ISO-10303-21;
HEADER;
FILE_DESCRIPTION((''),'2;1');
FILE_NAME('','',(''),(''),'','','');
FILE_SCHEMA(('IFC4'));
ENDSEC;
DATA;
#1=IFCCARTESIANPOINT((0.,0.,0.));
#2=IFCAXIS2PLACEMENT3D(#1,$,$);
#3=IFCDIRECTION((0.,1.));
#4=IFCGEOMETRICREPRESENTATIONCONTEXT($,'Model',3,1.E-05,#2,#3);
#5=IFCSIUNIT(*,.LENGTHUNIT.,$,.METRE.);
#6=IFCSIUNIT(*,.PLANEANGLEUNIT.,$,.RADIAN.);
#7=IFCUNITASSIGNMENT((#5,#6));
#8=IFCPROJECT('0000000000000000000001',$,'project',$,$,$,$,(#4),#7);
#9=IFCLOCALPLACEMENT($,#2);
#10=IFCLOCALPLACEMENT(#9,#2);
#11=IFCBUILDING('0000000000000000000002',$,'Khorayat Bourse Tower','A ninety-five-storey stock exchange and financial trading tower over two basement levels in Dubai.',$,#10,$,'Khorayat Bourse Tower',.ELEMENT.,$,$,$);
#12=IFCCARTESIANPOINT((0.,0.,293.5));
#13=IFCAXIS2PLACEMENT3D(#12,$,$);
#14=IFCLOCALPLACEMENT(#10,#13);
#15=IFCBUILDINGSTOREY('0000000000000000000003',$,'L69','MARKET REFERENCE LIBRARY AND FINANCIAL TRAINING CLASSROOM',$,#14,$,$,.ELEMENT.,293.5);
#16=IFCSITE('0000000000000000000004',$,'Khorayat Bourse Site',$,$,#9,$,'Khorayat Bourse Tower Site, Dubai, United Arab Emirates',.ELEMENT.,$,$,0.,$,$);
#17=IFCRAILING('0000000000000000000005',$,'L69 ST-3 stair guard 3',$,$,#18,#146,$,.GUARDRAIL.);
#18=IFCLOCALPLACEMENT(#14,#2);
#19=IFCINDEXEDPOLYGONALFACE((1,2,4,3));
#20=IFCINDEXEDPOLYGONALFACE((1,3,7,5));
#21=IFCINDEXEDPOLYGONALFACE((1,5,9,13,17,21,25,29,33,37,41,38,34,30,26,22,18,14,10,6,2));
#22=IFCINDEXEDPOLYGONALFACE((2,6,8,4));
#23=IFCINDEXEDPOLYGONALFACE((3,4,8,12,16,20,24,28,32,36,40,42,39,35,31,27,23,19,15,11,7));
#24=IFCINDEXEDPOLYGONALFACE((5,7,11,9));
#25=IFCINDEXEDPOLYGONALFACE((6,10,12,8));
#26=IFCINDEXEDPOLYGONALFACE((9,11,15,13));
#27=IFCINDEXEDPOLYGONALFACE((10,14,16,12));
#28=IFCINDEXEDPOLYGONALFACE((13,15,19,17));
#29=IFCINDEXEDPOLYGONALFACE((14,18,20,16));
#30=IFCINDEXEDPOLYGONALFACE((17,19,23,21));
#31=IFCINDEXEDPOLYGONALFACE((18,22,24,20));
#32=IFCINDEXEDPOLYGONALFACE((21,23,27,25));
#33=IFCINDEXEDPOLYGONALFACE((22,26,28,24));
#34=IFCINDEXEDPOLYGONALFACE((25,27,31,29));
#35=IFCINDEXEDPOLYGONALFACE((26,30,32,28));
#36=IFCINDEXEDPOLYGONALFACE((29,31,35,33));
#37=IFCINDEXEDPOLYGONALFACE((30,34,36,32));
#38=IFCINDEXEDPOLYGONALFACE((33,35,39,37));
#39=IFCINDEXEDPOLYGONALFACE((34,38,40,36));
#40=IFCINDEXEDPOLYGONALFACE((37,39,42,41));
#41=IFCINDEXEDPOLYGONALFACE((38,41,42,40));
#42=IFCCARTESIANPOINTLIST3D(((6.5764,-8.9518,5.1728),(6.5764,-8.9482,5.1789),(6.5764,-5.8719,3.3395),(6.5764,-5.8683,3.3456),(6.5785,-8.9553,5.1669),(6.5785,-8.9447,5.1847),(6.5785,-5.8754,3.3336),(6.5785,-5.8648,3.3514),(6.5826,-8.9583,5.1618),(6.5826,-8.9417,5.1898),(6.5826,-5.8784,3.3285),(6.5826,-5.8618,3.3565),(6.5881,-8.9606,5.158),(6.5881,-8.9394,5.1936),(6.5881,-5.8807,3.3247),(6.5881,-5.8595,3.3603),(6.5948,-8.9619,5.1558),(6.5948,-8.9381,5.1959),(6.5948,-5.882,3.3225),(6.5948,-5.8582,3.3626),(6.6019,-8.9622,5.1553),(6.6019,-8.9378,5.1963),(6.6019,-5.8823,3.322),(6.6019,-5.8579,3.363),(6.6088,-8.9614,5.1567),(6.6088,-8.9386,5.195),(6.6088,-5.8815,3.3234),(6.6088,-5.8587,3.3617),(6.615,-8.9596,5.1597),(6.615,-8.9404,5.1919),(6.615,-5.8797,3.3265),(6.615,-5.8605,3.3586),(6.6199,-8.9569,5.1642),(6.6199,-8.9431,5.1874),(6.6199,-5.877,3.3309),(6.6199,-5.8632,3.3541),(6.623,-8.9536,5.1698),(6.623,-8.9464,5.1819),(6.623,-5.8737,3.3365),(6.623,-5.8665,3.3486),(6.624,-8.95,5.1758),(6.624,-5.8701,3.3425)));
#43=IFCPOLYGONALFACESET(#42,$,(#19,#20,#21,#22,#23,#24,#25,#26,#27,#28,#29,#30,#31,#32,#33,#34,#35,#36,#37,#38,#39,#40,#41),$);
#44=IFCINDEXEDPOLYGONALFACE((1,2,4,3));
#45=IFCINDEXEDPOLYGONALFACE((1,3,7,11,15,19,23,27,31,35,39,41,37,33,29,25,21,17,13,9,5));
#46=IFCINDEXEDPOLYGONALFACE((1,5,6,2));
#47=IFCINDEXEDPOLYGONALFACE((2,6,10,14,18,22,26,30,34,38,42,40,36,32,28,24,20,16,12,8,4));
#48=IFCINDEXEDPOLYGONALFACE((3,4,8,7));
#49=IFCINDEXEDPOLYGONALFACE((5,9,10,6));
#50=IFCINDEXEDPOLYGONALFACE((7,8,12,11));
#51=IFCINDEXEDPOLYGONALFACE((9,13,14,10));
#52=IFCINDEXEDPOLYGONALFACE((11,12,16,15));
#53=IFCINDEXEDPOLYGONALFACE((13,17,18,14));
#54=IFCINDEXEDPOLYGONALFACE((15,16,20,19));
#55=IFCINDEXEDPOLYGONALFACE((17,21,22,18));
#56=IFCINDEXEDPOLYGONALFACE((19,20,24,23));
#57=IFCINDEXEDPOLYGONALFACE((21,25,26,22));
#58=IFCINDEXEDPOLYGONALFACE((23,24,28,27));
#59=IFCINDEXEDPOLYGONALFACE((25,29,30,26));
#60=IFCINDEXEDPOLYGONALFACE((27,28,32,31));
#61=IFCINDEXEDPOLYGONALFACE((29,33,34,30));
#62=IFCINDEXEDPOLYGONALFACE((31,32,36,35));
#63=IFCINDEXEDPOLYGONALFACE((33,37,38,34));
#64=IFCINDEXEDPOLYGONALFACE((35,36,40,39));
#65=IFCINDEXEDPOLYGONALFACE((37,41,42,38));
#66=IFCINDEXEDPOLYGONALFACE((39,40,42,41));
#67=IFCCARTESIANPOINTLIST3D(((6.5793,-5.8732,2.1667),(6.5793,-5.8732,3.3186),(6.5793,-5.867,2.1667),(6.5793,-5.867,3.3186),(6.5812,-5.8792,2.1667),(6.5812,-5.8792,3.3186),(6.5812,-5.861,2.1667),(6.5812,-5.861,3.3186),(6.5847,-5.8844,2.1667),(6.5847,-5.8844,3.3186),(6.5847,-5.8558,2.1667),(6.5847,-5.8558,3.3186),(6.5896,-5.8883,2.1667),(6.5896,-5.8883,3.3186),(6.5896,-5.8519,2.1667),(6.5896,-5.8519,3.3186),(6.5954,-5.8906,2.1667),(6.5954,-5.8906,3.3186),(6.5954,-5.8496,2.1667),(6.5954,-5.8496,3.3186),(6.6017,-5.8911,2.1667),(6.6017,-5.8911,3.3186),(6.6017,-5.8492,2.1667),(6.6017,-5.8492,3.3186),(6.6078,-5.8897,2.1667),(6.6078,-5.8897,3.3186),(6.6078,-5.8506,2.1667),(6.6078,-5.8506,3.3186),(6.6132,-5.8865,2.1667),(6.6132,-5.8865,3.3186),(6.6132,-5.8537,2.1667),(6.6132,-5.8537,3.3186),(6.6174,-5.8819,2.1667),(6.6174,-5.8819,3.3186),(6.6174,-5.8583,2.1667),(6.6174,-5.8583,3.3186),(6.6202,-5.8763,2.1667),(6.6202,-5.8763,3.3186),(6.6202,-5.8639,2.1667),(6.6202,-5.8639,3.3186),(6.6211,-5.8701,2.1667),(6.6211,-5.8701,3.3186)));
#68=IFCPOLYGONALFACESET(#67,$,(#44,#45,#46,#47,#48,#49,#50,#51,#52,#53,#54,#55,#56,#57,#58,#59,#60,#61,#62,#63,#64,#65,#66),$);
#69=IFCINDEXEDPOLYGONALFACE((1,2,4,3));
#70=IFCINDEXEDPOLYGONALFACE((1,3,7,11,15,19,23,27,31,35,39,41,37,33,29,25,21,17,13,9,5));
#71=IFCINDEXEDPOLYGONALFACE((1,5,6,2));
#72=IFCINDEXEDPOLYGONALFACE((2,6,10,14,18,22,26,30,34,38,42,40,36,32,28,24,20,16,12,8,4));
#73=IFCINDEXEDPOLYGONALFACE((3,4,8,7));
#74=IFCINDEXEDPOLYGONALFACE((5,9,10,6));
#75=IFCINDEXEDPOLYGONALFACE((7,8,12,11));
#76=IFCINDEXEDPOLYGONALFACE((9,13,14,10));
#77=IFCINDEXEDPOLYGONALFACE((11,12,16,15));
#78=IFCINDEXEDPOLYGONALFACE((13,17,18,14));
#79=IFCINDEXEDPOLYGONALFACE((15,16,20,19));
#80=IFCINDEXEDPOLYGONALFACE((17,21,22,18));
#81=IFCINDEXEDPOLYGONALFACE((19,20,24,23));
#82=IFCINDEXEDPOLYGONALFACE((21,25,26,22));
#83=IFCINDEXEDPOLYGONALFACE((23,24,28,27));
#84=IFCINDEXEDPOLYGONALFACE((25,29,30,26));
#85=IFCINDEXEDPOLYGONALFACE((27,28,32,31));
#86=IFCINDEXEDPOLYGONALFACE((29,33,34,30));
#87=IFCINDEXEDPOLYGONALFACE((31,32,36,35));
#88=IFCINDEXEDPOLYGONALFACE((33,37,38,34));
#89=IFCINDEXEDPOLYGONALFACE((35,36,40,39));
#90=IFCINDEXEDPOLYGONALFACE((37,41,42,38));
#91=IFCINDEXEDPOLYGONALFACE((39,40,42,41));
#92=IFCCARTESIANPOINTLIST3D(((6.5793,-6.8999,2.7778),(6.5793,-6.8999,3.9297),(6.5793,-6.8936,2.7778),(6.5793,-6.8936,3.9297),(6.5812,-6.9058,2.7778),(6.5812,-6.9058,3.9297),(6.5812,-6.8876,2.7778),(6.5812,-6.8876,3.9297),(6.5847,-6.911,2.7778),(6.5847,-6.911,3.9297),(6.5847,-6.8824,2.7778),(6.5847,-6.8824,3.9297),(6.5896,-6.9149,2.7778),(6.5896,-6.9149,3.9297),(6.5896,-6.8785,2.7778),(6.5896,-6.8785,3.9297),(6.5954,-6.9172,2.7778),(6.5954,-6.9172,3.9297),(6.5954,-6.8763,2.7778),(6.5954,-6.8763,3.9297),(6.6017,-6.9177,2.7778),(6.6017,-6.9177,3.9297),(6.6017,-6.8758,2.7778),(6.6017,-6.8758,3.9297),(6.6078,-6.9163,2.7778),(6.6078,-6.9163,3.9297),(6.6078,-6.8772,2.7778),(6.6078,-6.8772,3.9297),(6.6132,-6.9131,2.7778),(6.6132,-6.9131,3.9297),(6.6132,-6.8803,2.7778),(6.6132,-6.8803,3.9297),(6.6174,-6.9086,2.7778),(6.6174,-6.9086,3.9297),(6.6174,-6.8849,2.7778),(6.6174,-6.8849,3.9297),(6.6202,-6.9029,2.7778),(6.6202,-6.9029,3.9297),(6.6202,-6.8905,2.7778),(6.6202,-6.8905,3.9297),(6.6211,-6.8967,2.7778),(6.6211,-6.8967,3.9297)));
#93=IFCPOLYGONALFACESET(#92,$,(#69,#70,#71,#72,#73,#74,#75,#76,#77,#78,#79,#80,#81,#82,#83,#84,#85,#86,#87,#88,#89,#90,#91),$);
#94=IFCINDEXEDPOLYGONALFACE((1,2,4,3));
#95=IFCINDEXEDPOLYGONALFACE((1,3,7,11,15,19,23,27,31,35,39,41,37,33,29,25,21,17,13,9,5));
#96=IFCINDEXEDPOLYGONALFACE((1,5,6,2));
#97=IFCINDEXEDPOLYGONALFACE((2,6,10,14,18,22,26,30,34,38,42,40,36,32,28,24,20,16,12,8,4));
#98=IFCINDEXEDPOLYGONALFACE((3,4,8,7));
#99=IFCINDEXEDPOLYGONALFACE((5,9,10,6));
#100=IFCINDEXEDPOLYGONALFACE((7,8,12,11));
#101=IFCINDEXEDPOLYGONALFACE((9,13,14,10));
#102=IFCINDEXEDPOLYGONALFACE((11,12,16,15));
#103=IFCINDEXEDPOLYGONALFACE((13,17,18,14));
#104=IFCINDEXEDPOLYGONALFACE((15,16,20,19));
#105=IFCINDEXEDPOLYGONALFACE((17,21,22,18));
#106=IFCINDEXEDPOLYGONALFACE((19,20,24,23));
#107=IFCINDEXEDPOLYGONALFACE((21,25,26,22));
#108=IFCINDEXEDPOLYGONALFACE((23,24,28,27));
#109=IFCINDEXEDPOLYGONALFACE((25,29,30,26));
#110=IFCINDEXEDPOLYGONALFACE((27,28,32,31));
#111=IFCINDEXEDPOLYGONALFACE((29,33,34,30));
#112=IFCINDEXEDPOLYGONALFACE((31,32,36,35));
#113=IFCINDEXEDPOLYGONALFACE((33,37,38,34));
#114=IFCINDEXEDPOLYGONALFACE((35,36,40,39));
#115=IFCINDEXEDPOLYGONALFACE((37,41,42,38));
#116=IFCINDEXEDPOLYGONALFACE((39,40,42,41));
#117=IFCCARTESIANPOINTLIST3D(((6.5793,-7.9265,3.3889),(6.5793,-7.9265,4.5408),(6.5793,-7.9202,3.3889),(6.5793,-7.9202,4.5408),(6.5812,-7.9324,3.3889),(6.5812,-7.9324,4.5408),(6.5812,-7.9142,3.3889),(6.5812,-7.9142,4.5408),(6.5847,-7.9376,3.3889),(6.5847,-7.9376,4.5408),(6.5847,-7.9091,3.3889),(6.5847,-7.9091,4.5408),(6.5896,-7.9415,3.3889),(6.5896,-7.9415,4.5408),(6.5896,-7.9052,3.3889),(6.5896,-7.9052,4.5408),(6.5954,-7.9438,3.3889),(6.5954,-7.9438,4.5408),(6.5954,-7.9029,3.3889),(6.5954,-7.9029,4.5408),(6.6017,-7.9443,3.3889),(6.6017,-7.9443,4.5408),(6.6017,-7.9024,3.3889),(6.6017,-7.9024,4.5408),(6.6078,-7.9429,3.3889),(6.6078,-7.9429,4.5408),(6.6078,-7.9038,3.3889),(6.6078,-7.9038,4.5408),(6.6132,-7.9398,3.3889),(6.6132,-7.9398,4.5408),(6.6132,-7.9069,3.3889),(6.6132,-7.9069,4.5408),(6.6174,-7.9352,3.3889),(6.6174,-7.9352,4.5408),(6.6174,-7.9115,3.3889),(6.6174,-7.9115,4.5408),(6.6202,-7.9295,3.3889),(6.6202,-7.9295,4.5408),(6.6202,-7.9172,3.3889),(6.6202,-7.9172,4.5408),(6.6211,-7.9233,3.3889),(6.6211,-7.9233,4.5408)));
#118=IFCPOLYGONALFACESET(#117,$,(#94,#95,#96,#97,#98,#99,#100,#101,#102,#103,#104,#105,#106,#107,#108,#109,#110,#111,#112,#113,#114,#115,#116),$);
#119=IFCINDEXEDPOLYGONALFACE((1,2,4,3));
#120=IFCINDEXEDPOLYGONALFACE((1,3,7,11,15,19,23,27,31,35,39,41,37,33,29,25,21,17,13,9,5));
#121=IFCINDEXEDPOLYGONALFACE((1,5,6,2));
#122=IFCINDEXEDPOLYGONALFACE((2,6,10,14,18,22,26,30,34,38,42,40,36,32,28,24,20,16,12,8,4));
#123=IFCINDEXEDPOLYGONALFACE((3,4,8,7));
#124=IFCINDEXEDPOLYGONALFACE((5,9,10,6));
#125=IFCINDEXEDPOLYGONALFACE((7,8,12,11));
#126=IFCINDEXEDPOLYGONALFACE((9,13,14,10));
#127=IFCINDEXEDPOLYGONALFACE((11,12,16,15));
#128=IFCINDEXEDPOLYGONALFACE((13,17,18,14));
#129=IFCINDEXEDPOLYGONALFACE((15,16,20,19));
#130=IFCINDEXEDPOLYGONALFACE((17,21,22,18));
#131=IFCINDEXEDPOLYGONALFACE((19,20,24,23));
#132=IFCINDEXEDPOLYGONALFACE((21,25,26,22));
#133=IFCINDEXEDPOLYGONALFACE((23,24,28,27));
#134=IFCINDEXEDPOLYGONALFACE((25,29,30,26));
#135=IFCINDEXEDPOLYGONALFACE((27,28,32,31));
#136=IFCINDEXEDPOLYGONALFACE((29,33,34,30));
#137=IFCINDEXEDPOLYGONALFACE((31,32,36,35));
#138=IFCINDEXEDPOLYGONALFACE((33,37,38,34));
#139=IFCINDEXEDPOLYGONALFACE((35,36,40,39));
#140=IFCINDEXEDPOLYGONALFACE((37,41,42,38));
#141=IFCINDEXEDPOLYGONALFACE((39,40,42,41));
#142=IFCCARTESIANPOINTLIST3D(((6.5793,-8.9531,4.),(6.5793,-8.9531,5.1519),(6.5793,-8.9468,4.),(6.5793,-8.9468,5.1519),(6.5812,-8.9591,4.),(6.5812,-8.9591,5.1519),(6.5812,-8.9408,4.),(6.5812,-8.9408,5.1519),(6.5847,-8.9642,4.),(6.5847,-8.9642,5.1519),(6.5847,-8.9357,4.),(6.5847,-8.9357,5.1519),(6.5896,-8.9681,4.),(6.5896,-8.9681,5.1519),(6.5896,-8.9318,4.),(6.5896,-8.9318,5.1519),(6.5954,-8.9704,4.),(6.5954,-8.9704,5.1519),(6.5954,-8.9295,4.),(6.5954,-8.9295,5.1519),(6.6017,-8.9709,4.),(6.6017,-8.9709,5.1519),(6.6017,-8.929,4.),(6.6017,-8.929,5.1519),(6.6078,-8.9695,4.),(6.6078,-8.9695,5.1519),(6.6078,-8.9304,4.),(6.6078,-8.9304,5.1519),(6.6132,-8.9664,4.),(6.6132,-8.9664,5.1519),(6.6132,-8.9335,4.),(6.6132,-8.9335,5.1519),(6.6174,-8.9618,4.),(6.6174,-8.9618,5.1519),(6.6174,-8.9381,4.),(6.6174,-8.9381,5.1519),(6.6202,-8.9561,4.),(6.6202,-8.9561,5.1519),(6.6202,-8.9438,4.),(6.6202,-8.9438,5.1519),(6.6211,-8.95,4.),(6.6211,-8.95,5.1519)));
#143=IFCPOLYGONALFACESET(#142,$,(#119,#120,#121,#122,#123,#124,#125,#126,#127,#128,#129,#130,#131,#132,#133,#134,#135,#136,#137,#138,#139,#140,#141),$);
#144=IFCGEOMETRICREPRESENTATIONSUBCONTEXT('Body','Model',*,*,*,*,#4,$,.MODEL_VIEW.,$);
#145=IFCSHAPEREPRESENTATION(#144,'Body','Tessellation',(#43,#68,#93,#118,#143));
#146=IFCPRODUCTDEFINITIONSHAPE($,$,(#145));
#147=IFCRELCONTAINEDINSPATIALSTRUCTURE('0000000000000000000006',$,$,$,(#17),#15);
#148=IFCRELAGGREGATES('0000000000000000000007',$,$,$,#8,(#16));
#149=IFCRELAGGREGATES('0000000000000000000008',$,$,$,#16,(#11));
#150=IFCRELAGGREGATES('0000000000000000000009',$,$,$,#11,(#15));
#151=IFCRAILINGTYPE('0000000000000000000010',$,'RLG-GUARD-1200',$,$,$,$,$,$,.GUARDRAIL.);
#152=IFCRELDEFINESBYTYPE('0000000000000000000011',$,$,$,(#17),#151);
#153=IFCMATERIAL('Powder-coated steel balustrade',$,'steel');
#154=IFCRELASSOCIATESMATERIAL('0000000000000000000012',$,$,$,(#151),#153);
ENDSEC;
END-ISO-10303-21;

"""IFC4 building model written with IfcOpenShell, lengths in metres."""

from ifc_helpers import new_model, si_unit, direction, frame, origin, origin_2d, place, context, subcontext, project, spatial, circle, extrude, source, transform, mapped, material, type_object, element, save


model = new_model("IFC4")

# Units and contexts
model_context = context("Model", 3, precision=1e-05, world=origin(), true_north=direction((0.0, 1.0)))
body_context = subcontext(model_context, "Body", "Model", "MODEL_VIEW")
ifc_project = project(units=[si_unit("LENGTHUNIT", "METRE"), si_unit("PLANEANGLEUNIT", "RADIAN")], contexts=[model_context])

# Site, building, storey
site_placement = place(None, origin())
site = spatial("IfcSite", under=ifc_project, at=site_placement, Name="Khorayat Bourse Site", LongName="Khorayat Bourse Tower Site, Dubai, United Arab Emirates", CompositionType="ELEMENT", RefElevation=0.0)
building_placement = place(site_placement, origin())
building = spatial("IfcBuilding", under=site, at=building_placement, Name="Khorayat Bourse Tower", Description="A ninety-five-storey stock exchange and financial trading tower over two basement levels in Dubai.", LongName="Khorayat Bourse Tower", CompositionType="ELEMENT")
storey_placement = place(building_placement, frame((0.0, 0.0, 293.5)))
storey = spatial("IfcBuildingStorey", under=building, at=storey_placement, Name="L69", Description="MARKET REFERENCE LIBRARY AND FINANCIAL TRAINING CLASSROOM", CompositionType="ELEMENT", Elevation=293.5)

# Railing
ifc_material_1 = material(Name="Powder-coated steel balustrade", Category="steel")
railing_type_1 = type_object("IfcRailingType", Name="RLG-GUARD-1200", PredefinedType="GUARDRAIL", material=ifc_material_1)
shared_shape_1 = source(origin(), body_context, "Body", "SweptSolid", [
    extrude(circle(Radius=0.0239, at=origin_2d()), frame((0.0, 0.0, 1.1758), z_axis=(0.0, -0.859291, 0.511487), x_axis=(1.0, 0.0, 0.0)), (0.0, 0.0, 1.0), 3.5842),
    extrude(circle(Radius=0.021, at=origin_2d()), origin(), (0.0, 0.0, 1.0), 1.1519),
    extrude(circle(Radius=0.021, at=origin_2d()), frame((0.0, -1.0266, 0.6111)), (0.0, 0.0, 1.0), 1.1519),
    extrude(circle(Radius=0.021, at=origin_2d()), frame((0.0, -2.0532, 1.2222)), (0.0, 0.0, 1.0), 1.1519),
    extrude(circle(Radius=0.021, at=origin_2d()), frame((0.0, -3.0798, 1.8333)), (0.0, 0.0, 1.0), 1.1519),
])
railing_1_placement = place(storey_placement, frame((6.6001, -5.8701, 2.1667)))
element("IfcRailing", 1, at=railing_1_placement, inside=storey, type_object=railing_type_1, Name="L69 ST-3 stair guard 3", PredefinedType="GUARDRAIL", context=body_context, shape_type="MappedRepresentation", body=[
    mapped(shared_shape_1, transform((0.0, 0.0, 0.0), scale=1.0)),
])

save(model, "model.ifc")
